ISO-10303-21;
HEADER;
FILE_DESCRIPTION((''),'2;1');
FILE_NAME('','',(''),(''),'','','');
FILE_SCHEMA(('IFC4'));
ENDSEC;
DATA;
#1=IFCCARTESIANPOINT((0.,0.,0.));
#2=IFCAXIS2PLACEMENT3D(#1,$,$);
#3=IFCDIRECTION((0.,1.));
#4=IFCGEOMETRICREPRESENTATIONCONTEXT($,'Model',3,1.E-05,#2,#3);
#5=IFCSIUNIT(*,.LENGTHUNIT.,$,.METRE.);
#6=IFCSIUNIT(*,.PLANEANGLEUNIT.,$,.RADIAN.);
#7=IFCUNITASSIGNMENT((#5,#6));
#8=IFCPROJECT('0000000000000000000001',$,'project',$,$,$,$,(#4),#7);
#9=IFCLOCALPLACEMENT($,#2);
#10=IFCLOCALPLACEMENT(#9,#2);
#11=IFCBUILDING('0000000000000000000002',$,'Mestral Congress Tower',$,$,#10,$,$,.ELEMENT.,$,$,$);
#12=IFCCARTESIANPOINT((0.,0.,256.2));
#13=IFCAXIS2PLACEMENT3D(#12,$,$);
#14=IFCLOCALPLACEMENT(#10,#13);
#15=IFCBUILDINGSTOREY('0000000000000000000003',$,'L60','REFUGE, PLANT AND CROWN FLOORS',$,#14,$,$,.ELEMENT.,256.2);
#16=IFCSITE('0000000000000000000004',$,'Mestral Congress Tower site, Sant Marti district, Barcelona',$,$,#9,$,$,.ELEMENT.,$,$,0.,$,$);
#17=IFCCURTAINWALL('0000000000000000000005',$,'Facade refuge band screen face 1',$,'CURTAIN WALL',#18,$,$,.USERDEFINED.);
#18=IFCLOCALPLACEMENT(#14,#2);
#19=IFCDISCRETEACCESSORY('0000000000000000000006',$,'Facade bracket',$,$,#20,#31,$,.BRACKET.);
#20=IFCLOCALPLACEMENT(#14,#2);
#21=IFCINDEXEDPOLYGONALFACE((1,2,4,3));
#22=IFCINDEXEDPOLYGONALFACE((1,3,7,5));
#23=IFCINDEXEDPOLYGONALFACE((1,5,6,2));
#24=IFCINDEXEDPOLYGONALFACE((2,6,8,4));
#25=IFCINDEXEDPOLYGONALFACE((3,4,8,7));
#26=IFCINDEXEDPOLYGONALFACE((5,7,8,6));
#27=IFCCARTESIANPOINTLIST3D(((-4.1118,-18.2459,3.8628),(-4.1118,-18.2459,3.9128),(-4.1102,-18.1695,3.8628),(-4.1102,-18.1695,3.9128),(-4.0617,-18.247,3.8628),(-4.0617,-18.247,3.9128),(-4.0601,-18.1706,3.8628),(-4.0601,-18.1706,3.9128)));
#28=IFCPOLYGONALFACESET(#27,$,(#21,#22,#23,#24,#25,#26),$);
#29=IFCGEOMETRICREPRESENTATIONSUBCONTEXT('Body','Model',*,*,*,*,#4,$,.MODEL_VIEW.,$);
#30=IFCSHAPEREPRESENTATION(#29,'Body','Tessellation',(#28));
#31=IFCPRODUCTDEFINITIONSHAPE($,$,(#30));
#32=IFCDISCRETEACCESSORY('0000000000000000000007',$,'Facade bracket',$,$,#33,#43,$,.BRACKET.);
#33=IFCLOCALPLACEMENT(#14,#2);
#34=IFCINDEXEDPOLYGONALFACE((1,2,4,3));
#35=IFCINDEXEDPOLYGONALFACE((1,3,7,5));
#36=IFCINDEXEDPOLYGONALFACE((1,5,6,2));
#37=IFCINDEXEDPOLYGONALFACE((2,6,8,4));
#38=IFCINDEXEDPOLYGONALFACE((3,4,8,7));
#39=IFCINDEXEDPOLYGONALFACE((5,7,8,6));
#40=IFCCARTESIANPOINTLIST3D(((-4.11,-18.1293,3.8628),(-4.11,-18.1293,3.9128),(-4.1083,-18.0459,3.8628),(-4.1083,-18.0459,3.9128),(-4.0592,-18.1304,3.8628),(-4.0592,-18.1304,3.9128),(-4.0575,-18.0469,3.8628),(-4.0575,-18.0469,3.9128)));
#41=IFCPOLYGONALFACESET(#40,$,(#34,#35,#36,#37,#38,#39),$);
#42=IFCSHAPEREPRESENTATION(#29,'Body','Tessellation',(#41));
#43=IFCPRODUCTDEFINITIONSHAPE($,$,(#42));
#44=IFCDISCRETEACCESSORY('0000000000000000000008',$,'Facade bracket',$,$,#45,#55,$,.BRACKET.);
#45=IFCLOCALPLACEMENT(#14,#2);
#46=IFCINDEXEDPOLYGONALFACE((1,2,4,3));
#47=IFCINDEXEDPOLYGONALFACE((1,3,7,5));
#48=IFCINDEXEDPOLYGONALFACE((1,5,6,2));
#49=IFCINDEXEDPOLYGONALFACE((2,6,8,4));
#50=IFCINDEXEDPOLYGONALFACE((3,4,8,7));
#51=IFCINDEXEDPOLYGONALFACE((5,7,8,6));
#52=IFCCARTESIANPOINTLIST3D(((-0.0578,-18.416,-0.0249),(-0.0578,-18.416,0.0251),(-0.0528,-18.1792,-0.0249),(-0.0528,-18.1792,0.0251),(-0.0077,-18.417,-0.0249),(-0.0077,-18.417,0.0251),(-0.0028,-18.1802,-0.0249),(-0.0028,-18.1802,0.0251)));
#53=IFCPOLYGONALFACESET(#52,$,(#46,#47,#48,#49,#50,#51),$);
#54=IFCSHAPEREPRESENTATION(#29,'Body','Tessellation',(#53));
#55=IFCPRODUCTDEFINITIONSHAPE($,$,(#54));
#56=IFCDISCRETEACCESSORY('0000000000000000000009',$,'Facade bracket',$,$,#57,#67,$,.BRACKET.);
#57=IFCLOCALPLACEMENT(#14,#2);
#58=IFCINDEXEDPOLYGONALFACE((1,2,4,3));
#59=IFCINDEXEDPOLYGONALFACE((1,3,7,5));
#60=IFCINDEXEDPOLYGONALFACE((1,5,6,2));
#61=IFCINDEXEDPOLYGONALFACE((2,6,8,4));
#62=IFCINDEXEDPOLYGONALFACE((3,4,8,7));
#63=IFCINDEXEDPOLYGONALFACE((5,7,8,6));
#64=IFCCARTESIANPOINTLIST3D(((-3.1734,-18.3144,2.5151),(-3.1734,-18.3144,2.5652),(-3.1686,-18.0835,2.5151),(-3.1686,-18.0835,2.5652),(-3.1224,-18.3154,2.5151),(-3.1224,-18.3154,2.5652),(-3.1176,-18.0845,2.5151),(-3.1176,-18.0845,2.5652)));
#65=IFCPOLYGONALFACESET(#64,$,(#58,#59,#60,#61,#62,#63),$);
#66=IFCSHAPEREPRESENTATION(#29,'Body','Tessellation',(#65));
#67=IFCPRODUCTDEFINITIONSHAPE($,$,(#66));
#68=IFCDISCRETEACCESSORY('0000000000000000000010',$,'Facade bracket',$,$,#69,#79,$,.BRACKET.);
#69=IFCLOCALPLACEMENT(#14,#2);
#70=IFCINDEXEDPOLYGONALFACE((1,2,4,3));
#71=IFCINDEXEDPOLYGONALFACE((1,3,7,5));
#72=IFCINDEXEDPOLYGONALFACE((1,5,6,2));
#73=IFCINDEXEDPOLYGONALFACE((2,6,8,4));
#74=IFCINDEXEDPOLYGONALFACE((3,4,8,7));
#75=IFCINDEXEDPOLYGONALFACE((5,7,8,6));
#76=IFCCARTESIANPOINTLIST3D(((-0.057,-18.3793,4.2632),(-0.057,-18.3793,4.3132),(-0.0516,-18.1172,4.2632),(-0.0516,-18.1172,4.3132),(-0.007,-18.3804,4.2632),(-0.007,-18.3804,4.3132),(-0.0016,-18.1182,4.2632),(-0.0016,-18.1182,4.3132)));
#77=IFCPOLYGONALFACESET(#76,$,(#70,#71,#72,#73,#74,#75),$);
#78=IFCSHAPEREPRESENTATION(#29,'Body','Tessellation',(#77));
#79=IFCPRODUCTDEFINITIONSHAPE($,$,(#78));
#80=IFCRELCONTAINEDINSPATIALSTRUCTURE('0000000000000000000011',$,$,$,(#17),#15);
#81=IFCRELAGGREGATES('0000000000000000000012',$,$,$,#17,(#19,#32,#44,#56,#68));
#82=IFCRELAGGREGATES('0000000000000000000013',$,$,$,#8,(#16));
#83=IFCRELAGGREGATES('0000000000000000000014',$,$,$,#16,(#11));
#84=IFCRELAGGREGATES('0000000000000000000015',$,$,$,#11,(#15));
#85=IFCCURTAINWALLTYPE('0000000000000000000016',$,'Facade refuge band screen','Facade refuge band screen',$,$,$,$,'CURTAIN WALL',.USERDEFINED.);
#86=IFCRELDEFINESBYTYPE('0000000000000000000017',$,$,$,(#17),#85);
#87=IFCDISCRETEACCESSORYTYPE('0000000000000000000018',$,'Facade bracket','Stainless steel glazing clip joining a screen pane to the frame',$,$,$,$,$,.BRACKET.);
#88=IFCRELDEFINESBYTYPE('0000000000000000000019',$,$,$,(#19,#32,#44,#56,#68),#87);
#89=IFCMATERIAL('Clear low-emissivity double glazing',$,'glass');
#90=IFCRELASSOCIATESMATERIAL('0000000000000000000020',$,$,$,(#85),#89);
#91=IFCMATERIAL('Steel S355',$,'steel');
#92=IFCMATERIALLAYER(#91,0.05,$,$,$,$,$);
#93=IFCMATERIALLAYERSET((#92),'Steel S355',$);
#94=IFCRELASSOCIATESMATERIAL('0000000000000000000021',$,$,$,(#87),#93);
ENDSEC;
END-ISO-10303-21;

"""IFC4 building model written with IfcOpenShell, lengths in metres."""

from ifc_helpers import new_model, si_unit, direction, frame, origin, origin_2d, place, context, subcontext, project, spatial, rectangle, extrude, material, layer, layer_set, type_object, element, aggregate, save


model = new_model("IFC4")

# Units and contexts
model_context = context("Model", 3, precision=1e-05, world=origin(), true_north=direction((0.0, 1.0)))
body_context = subcontext(model_context, "Body", "Model", "MODEL_VIEW")
ifc_project = project(units=[si_unit("LENGTHUNIT", "METRE"), si_unit("PLANEANGLEUNIT", "RADIAN")], contexts=[model_context])

# Site, building, storey
site_placement = place(None, origin())
site = spatial("IfcSite", under=ifc_project, at=site_placement, Name="Mestral Congress Tower site, Sant Marti district, Barcelona", CompositionType="ELEMENT", RefElevation=0.0)
building_placement = place(site_placement, origin())
building = spatial("IfcBuilding", under=site, at=building_placement, Name="Mestral Congress Tower", CompositionType="ELEMENT")
storey_placement = place(building_placement, frame((0.0, 0.0, 256.2)))
storey = spatial("IfcBuildingStorey", under=building, at=storey_placement, Name="L60", Description="REFUGE, PLANT AND CROWN FLOORS", CompositionType="ELEMENT", Elevation=256.2)

# Shared definitions
ifc_material_1 = material(Name="Steel S355", Category="steel")

# Curtain wall
ifc_material_2 = material(Name="Clear low-emissivity double glazing", Category="glass")
curtain_wall_type = type_object("IfcCurtainWallType", Name="Facade refuge band screen", Description="Facade refuge band screen", ElementType="CURTAIN WALL", PredefinedType="USERDEFINED", material=ifc_material_2)
curtain_wall_placement = place(storey_placement, origin())
curtain_wall = element("IfcCurtainWall", 1, at=curtain_wall_placement, inside=storey, type_object=curtain_wall_type, Name="Facade refuge band screen face 1", ObjectType="CURTAIN WALL", PredefinedType="USERDEFINED")

# Discrete accessories
ifc_layer_1 = layer(ifc_material_1, 0.05)
ifc_layer_set_1 = layer_set([ifc_layer_1], Name="Steel S355")
discrete_accessory_type = type_object("IfcDiscreteAccessoryType", Name="Facade bracket", Description="Stainless steel glazing clip joining a screen pane to the frame", PredefinedType="BRACKET", material=ifc_layer_set_1)
discrete_accessory_1_placement = place(storey_placement, frame((-4.0859, -18.2083, 3.8628), z_axis=(0.0, 0.0, 1.0), x_axis=(0.999784, -0.020777, 0.0)))
discrete_accessory_1 = element("IfcDiscreteAccessory", 2, at=discrete_accessory_1_placement, type_object=discrete_accessory_type, Name="Facade bracket", PredefinedType="BRACKET", context=body_context, shape_type="SweptSolid", body=[
    extrude(rectangle(XDim=0.05, YDim=0.0764, at=origin_2d()), origin(), (0.0, 0.0, 1.0), 0.05),
])
discrete_accessory_2_placement = place(storey_placement, frame((-4.0837, -18.0881, 3.8628), z_axis=(0.0, 0.0, 1.0), x_axis=(0.999784, -0.020775, 0.0)))
discrete_accessory_2 = element("IfcDiscreteAccessory", 3, at=discrete_accessory_2_placement, type_object=discrete_accessory_type, Name="Facade bracket", PredefinedType="BRACKET", context=body_context, shape_type="SweptSolid", body=[
    extrude(rectangle(XDim=0.0508, YDim=0.0835, at=origin_2d()), origin(), (0.0, 0.0, 1.0), 0.05),
])
discrete_accessory_3_placement = place(storey_placement, frame((-0.0303, -18.2981, -0.0249), z_axis=(0.0, 0.0, 1.0), x_axis=(0.999785, -0.020757, 0.0)))
discrete_accessory_3 = element("IfcDiscreteAccessory", 4, at=discrete_accessory_3_placement, type_object=discrete_accessory_type, Name="Facade bracket", PredefinedType="BRACKET", context=body_context, shape_type="SweptSolid", body=[
    extrude(rectangle(XDim=0.05, YDim=0.2368, at=origin_2d()), origin(), (0.0, 0.0, 1.0), 0.05),
])
discrete_accessory_4_placement = place(storey_placement, frame((-3.1455, -18.1995, 2.5151), z_axis=(0.0, 0.0, 1.0), x_axis=(0.999784, -0.020768, 0.0)))
discrete_accessory_4 = element("IfcDiscreteAccessory", 5, at=discrete_accessory_4_placement, type_object=discrete_accessory_type, Name="Facade bracket", PredefinedType="BRACKET", context=body_context, shape_type="SweptSolid", body=[
    extrude(rectangle(XDim=0.051, YDim=0.231, at=origin_2d()), origin(), (0.0, 0.0, 1.0), 0.05),
])
discrete_accessory_5_placement = place(storey_placement, frame((-0.0293, -18.2488, 4.2632), z_axis=(0.0, 0.0, 1.0), x_axis=(0.999785, -0.02074, 0.0)))
discrete_accessory_5 = element("IfcDiscreteAccessory", 6, at=discrete_accessory_5_placement, type_object=discrete_accessory_type, Name="Facade bracket", PredefinedType="BRACKET", context=body_context, shape_type="SweptSolid", body=[
    extrude(rectangle(XDim=0.05, YDim=0.2622, at=origin_2d()), origin(), (0.0, 0.0, 1.0), 0.05),
])
aggregate(curtain_wall, [discrete_accessory_1, discrete_accessory_2, discrete_accessory_3, discrete_accessory_4, discrete_accessory_5])

save(model, "model.ifc")
